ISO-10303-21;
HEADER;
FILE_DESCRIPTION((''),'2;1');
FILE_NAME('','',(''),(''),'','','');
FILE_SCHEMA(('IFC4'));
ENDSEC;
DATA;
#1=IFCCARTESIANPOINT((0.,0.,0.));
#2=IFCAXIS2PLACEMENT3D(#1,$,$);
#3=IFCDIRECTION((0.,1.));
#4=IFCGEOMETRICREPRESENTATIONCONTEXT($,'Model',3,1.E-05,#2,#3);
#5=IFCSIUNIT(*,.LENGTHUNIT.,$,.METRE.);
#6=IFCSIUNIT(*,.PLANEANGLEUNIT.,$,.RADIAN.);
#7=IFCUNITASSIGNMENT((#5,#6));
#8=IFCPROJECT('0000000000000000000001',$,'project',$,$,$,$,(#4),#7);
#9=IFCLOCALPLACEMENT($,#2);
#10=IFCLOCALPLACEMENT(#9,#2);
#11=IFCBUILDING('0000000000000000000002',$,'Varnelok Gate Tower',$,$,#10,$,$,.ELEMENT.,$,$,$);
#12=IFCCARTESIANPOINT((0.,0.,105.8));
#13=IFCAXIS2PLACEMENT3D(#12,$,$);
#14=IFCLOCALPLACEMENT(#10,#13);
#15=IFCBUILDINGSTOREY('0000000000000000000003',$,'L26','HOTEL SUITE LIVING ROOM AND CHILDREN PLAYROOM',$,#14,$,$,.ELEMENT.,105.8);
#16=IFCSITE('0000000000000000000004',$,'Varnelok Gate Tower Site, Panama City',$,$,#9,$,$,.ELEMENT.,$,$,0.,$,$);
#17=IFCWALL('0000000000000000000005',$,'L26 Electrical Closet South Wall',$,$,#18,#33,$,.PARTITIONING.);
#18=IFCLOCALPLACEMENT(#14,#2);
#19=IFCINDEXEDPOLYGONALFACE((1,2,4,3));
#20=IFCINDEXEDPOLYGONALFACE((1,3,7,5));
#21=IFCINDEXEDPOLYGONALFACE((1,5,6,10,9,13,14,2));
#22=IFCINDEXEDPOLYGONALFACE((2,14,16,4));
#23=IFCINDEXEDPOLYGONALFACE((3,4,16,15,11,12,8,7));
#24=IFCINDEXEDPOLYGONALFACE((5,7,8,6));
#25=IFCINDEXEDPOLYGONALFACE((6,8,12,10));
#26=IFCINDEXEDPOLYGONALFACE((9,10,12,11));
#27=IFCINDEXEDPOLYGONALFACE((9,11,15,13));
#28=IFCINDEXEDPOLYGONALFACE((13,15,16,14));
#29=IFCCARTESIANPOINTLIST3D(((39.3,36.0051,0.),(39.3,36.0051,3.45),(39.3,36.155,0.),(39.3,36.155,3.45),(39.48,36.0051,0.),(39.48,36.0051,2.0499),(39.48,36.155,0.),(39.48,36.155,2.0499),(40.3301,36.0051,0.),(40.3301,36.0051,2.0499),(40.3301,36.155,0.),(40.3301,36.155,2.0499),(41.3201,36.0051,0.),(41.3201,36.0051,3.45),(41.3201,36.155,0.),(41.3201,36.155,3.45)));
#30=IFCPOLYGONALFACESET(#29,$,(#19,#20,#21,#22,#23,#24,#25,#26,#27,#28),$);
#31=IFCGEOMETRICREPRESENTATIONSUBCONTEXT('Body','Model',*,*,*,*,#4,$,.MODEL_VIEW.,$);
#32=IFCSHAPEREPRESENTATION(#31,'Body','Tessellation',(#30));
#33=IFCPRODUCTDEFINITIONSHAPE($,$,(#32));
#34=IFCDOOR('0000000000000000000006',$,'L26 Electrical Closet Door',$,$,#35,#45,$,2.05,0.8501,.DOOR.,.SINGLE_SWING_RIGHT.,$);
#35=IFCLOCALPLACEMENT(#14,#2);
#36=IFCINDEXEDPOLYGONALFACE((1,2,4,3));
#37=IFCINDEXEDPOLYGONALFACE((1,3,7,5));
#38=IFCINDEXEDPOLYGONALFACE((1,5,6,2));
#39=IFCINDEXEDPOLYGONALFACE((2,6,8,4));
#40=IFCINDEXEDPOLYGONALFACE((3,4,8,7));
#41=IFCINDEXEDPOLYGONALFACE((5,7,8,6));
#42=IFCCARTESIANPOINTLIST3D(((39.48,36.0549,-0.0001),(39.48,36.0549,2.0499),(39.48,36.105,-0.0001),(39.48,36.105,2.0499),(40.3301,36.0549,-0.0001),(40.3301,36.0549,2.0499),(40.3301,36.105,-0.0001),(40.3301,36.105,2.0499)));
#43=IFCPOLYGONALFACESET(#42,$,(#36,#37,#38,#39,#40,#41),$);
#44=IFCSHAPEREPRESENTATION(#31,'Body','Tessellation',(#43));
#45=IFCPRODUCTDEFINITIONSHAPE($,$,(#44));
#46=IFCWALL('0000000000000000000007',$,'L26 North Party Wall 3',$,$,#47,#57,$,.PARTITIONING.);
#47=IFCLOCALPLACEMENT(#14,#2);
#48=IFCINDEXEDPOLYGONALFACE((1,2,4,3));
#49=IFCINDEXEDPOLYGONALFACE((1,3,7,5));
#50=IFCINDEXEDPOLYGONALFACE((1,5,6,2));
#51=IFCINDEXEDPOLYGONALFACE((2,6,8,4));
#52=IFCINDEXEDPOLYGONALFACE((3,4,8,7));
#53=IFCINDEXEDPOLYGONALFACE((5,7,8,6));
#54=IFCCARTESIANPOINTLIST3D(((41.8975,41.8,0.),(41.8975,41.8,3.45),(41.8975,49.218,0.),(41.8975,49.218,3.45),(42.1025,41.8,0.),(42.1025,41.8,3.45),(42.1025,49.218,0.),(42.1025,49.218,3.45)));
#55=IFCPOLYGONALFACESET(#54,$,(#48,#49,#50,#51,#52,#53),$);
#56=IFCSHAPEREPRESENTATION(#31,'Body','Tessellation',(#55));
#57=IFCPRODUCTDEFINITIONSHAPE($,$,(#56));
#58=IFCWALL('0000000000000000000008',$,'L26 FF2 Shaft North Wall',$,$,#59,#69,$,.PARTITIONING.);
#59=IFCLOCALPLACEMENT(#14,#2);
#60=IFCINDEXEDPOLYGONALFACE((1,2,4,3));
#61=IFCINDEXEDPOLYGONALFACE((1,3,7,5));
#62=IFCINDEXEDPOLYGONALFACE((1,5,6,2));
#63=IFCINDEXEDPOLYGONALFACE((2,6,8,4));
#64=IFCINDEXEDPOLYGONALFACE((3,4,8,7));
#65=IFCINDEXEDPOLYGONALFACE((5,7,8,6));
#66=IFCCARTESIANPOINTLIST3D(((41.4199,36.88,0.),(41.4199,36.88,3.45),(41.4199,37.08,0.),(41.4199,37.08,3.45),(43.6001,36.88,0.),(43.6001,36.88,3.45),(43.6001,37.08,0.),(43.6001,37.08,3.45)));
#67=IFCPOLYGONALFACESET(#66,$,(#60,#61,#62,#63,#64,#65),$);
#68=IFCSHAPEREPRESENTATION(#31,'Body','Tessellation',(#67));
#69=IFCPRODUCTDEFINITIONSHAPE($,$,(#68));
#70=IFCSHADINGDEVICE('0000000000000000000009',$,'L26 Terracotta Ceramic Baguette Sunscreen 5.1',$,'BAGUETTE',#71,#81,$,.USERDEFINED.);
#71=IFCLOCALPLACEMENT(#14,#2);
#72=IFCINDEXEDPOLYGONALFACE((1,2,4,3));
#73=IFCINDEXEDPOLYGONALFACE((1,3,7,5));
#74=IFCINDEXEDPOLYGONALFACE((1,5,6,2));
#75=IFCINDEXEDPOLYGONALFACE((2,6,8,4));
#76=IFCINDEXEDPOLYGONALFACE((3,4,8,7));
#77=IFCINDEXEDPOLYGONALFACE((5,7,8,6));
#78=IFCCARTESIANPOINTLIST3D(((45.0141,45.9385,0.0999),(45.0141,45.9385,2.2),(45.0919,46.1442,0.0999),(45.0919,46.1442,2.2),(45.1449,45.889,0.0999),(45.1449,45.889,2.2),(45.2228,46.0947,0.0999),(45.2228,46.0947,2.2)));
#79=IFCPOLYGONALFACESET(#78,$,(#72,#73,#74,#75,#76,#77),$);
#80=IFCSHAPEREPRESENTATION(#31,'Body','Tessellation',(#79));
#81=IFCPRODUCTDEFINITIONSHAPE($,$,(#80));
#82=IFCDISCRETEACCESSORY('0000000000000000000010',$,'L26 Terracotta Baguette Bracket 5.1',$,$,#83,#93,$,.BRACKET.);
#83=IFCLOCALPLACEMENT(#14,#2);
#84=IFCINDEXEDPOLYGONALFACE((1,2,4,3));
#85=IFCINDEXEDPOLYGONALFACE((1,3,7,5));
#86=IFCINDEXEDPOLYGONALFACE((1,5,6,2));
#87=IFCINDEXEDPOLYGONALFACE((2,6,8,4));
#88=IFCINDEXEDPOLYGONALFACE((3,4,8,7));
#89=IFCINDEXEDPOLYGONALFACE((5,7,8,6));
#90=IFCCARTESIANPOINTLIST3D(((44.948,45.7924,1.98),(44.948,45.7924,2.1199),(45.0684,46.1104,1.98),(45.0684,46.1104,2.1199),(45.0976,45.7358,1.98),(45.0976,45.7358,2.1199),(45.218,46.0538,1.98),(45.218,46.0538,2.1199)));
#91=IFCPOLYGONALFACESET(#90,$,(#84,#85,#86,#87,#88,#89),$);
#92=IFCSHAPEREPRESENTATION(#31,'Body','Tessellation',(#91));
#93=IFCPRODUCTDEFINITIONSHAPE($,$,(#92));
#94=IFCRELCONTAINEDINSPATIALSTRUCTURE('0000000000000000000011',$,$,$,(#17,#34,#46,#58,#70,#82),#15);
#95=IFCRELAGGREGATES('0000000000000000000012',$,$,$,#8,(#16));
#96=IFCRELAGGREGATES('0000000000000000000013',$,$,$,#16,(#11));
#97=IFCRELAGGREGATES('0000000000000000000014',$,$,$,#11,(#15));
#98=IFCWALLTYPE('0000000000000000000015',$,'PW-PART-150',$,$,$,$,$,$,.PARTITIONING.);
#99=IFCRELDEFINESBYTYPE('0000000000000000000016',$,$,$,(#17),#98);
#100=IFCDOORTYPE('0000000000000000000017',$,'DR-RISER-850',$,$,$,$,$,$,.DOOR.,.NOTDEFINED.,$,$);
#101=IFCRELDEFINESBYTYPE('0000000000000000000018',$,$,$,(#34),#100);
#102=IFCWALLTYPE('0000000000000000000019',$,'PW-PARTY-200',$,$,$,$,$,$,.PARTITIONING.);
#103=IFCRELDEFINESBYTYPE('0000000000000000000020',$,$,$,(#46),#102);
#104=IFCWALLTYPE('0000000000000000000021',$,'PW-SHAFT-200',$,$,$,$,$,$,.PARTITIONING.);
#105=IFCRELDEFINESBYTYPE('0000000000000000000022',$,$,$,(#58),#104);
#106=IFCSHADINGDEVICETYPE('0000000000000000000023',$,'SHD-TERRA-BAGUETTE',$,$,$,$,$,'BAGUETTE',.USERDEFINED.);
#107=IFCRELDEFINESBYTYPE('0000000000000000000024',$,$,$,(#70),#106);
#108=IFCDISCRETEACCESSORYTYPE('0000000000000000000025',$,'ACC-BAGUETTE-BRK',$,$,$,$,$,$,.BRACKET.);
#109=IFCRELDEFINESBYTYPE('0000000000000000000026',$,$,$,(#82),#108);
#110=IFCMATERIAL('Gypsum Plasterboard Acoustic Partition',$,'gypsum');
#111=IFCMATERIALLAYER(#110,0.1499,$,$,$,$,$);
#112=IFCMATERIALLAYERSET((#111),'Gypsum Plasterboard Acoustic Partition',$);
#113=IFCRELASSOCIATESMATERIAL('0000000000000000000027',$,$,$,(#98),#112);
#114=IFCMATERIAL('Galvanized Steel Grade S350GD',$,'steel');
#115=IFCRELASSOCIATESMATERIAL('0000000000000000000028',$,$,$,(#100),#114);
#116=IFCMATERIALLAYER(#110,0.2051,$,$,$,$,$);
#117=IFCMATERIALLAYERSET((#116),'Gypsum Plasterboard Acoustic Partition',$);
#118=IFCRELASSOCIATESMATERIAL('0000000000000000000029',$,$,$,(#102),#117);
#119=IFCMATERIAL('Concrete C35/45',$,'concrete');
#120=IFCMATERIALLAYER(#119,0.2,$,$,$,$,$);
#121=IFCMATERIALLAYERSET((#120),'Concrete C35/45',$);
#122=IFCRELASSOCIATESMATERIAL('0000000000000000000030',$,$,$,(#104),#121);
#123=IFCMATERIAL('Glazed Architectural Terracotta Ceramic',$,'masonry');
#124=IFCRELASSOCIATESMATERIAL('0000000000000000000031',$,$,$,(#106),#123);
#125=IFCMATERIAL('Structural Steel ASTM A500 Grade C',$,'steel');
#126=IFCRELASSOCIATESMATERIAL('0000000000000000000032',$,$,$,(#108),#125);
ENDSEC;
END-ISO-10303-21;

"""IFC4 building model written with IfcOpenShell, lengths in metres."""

from ifc_helpers import new_model, si_unit, direction, frame, frame_2d, origin, origin_2d, place, context, subcontext, project, spatial, rectangle, extrude, source, transform, mapped, material, layer, layer_set, type_object, element, fill, save


model = new_model("IFC4")

# Units and contexts
model_context = context("Model", 3, precision=1e-05, world=origin(), true_north=direction((0.0, 1.0)))
body_context = subcontext(model_context, "Body", "Model", "MODEL_VIEW")
ifc_project = project(units=[si_unit("LENGTHUNIT", "METRE"), si_unit("PLANEANGLEUNIT", "RADIAN")], contexts=[model_context])

# Site, building, storey
site_placement = place(None, origin())
site = spatial("IfcSite", under=ifc_project, at=site_placement, Name="Varnelok Gate Tower Site, Panama City", CompositionType="ELEMENT", RefElevation=0.0)
building_placement = place(site_placement, origin())
building = spatial("IfcBuilding", under=site, at=building_placement, Name="Varnelok Gate Tower", CompositionType="ELEMENT")
storey_placement = place(building_placement, frame((0.0, 0.0, 105.8)))
storey = spatial("IfcBuildingStorey", under=building, at=storey_placement, Name="L26", Description="HOTEL SUITE LIVING ROOM AND CHILDREN PLAYROOM", CompositionType="ELEMENT", Elevation=105.8)

# Shared definitions
ifc_material_1 = material(Name="Gypsum Plasterboard Acoustic Partition", Category="gypsum")

# Wall, opening, door
ifc_layer_1 = layer(ifc_material_1, 0.1499)
ifc_layer_set_1 = layer_set([ifc_layer_1], Name="Gypsum Plasterboard Acoustic Partition")
wall_type_1 = type_object("IfcWallType", Name="PW-PART-150", PredefinedType="PARTITIONING", material=ifc_layer_set_1)
wall_1_placement = place(storey_placement, frame((39.3, 36.0801, 0.0), z_axis=(0.0, 0.0, 1.0), x_axis=(1.0, 0.0, 0.0)))
wall_1 = element("IfcWall", 1, at=wall_1_placement, inside=storey, type_object=wall_type_1, Name="L26 Electrical Closet South Wall", PredefinedType="PARTITIONING", context=body_context, shape_type="SweptSolid", body=[
    extrude(rectangle(XDim=2.02, YDim=0.1499, at=frame_2d((1.01, 0.0))), origin(), (0.0, 0.0, 1.0), 3.45),
])
opening_1_placement = place(wall_1_placement, frame((0.1799, 0.0, 0.0)))
opening_1 = element("IfcOpeningElement", 2, at=opening_1_placement, cuts=wall_1, PredefinedType="OPENING", context=body_context, shape_type="SweptSolid", body=[
    extrude(rectangle(XDim=0.8501, YDim=2.05, at=frame_2d((0.425, 1.0249))), frame((0.0, 0.085, 0.0), z_axis=(0.0, -1.0, 0.0), x_axis=(1.0, 0.0, 0.0)), (0.0, 0.0, 1.0), 0.1699),
])
ifc_material_2 = material(Name="Galvanized Steel Grade S350GD", Category="steel")
door_type_1 = type_object("IfcDoorType", Name="DR-RISER-850", OperationType="NOTDEFINED", PredefinedType="DOOR", material=ifc_material_2)
door_1_placement = place(opening_1_placement, origin())
door_1 = element("IfcDoor", 3, at=door_1_placement, inside=storey, type_object=door_type_1, Name="L26 Electrical Closet Door", OperationType="SINGLE_SWING_RIGHT", OverallHeight=2.05, OverallWidth=0.8501, PredefinedType="DOOR", context=body_context, shape_type="SweptSolid", body=[
    extrude(rectangle(XDim=0.8501, YDim=2.05, at=frame_2d((0.425, 1.0249))), frame((0.0, 0.0249, 0.0), z_axis=(0.0, -1.0, 0.0), x_axis=(1.0, 0.0, 0.0)), (0.0, 0.0, 1.0), 0.05),
])
fill(opening_1, door_1)

# Walls
ifc_layer_2 = layer(ifc_material_1, 0.2051)
ifc_layer_set_2 = layer_set([ifc_layer_2], Name="Gypsum Plasterboard Acoustic Partition")
wall_type_2 = type_object("IfcWallType", Name="PW-PARTY-200", PredefinedType="PARTITIONING", material=ifc_layer_set_2)
wall_2_placement = place(storey_placement, frame((42.0, 41.8, 0.0), z_axis=(0.0, 0.0, 1.0), x_axis=(0.0, 1.0, 0.0)))
element("IfcWall", 4, at=wall_2_placement, inside=storey, type_object=wall_type_2, Name="L26 North Party Wall 3", PredefinedType="PARTITIONING", context=body_context, shape_type="SweptSolid", body=[
    extrude(rectangle(XDim=7.418, YDim=0.2051, at=frame_2d((3.709, 0.0))), origin(), (0.0, 0.0, 1.0), 3.45),
])
ifc_material_3 = material(Name="Concrete C35/45", Category="concrete")
ifc_layer_3 = layer(ifc_material_3, 0.2)
ifc_layer_set_3 = layer_set([ifc_layer_3], Name="Concrete C35/45")
wall_type_3 = type_object("IfcWallType", Name="PW-SHAFT-200", PredefinedType="PARTITIONING", material=ifc_layer_set_3)
wall_3_placement = place(storey_placement, frame((41.4199, 36.98, 0.0), z_axis=(0.0, 0.0, 1.0), x_axis=(1.0, 0.0, 0.0)))
element("IfcWall", 5, at=wall_3_placement, inside=storey, type_object=wall_type_3, Name="L26 FF2 Shaft North Wall", PredefinedType="PARTITIONING", context=body_context, shape_type="SweptSolid", body=[
    extrude(rectangle(XDim=2.1802, YDim=0.2, at=frame_2d((1.0901, 0.0))), origin(), (0.0, 0.0, 1.0), 3.45),
])

# Shading device
ifc_material_4 = material(Name="Glazed Architectural Terracotta Ceramic", Category="masonry")
shading_device_type = type_object("IfcShadingDeviceType", Name="SHD-TERRA-BAGUETTE", ElementType="BAGUETTE", PredefinedType="USERDEFINED", material=ifc_material_4)
shared_shape_1 = source(origin(), body_context, "Body", "SweptSolid", [
    extrude(rectangle(XDim=0.1399, YDim=0.22, at=origin_2d()), origin(), (0.0, 0.0, 1.0), 2.1001),
])
shading_device_placement = place(storey_placement, frame((45.1184, 46.0166, 0.0999), z_axis=(0.0, 0.0, 1.0), x_axis=(0.935222, -0.354063, 0.0)))
element("IfcShadingDevice", 6, at=shading_device_placement, inside=storey, type_object=shading_device_type, Name="L26 Terracotta Ceramic Baguette Sunscreen 5.1", ObjectType="BAGUETTE", PredefinedType="USERDEFINED", context=body_context, shape_type="MappedRepresentation", body=[
    mapped(shared_shape_1, transform((0.0, 0.0, 0.0), scale=1.0)),
])

# Discrete accessory
ifc_material_5 = material(Name="Structural Steel ASTM A500 Grade C", Category="steel")
discrete_accessory_type = type_object("IfcDiscreteAccessoryType", Name="ACC-BAGUETTE-BRK", PredefinedType="BRACKET", material=ifc_material_5)
shared_shape_2 = source(origin(), body_context, "Body", "SweptSolid", [
    extrude(rectangle(XDim=0.1599, YDim=0.3401, at=origin_2d()), origin(), (0.0, 0.0, 1.0), 0.1399),
])
discrete_accessory_placement = place(storey_placement, frame((45.083, 45.9231, 1.98), z_axis=(0.0, 0.0, 1.0), x_axis=(0.935222, -0.354063, 0.0)))
element("IfcDiscreteAccessory", 7, at=discrete_accessory_placement, inside=storey, type_object=discrete_accessory_type, Name="L26 Terracotta Baguette Bracket 5.1", PredefinedType="BRACKET", context=body_context, shape_type="MappedRepresentation", body=[
    mapped(shared_shape_2, transform((0.0, 0.0, 0.0), scale=1.0)),
])

save(model, "model.ifc")
